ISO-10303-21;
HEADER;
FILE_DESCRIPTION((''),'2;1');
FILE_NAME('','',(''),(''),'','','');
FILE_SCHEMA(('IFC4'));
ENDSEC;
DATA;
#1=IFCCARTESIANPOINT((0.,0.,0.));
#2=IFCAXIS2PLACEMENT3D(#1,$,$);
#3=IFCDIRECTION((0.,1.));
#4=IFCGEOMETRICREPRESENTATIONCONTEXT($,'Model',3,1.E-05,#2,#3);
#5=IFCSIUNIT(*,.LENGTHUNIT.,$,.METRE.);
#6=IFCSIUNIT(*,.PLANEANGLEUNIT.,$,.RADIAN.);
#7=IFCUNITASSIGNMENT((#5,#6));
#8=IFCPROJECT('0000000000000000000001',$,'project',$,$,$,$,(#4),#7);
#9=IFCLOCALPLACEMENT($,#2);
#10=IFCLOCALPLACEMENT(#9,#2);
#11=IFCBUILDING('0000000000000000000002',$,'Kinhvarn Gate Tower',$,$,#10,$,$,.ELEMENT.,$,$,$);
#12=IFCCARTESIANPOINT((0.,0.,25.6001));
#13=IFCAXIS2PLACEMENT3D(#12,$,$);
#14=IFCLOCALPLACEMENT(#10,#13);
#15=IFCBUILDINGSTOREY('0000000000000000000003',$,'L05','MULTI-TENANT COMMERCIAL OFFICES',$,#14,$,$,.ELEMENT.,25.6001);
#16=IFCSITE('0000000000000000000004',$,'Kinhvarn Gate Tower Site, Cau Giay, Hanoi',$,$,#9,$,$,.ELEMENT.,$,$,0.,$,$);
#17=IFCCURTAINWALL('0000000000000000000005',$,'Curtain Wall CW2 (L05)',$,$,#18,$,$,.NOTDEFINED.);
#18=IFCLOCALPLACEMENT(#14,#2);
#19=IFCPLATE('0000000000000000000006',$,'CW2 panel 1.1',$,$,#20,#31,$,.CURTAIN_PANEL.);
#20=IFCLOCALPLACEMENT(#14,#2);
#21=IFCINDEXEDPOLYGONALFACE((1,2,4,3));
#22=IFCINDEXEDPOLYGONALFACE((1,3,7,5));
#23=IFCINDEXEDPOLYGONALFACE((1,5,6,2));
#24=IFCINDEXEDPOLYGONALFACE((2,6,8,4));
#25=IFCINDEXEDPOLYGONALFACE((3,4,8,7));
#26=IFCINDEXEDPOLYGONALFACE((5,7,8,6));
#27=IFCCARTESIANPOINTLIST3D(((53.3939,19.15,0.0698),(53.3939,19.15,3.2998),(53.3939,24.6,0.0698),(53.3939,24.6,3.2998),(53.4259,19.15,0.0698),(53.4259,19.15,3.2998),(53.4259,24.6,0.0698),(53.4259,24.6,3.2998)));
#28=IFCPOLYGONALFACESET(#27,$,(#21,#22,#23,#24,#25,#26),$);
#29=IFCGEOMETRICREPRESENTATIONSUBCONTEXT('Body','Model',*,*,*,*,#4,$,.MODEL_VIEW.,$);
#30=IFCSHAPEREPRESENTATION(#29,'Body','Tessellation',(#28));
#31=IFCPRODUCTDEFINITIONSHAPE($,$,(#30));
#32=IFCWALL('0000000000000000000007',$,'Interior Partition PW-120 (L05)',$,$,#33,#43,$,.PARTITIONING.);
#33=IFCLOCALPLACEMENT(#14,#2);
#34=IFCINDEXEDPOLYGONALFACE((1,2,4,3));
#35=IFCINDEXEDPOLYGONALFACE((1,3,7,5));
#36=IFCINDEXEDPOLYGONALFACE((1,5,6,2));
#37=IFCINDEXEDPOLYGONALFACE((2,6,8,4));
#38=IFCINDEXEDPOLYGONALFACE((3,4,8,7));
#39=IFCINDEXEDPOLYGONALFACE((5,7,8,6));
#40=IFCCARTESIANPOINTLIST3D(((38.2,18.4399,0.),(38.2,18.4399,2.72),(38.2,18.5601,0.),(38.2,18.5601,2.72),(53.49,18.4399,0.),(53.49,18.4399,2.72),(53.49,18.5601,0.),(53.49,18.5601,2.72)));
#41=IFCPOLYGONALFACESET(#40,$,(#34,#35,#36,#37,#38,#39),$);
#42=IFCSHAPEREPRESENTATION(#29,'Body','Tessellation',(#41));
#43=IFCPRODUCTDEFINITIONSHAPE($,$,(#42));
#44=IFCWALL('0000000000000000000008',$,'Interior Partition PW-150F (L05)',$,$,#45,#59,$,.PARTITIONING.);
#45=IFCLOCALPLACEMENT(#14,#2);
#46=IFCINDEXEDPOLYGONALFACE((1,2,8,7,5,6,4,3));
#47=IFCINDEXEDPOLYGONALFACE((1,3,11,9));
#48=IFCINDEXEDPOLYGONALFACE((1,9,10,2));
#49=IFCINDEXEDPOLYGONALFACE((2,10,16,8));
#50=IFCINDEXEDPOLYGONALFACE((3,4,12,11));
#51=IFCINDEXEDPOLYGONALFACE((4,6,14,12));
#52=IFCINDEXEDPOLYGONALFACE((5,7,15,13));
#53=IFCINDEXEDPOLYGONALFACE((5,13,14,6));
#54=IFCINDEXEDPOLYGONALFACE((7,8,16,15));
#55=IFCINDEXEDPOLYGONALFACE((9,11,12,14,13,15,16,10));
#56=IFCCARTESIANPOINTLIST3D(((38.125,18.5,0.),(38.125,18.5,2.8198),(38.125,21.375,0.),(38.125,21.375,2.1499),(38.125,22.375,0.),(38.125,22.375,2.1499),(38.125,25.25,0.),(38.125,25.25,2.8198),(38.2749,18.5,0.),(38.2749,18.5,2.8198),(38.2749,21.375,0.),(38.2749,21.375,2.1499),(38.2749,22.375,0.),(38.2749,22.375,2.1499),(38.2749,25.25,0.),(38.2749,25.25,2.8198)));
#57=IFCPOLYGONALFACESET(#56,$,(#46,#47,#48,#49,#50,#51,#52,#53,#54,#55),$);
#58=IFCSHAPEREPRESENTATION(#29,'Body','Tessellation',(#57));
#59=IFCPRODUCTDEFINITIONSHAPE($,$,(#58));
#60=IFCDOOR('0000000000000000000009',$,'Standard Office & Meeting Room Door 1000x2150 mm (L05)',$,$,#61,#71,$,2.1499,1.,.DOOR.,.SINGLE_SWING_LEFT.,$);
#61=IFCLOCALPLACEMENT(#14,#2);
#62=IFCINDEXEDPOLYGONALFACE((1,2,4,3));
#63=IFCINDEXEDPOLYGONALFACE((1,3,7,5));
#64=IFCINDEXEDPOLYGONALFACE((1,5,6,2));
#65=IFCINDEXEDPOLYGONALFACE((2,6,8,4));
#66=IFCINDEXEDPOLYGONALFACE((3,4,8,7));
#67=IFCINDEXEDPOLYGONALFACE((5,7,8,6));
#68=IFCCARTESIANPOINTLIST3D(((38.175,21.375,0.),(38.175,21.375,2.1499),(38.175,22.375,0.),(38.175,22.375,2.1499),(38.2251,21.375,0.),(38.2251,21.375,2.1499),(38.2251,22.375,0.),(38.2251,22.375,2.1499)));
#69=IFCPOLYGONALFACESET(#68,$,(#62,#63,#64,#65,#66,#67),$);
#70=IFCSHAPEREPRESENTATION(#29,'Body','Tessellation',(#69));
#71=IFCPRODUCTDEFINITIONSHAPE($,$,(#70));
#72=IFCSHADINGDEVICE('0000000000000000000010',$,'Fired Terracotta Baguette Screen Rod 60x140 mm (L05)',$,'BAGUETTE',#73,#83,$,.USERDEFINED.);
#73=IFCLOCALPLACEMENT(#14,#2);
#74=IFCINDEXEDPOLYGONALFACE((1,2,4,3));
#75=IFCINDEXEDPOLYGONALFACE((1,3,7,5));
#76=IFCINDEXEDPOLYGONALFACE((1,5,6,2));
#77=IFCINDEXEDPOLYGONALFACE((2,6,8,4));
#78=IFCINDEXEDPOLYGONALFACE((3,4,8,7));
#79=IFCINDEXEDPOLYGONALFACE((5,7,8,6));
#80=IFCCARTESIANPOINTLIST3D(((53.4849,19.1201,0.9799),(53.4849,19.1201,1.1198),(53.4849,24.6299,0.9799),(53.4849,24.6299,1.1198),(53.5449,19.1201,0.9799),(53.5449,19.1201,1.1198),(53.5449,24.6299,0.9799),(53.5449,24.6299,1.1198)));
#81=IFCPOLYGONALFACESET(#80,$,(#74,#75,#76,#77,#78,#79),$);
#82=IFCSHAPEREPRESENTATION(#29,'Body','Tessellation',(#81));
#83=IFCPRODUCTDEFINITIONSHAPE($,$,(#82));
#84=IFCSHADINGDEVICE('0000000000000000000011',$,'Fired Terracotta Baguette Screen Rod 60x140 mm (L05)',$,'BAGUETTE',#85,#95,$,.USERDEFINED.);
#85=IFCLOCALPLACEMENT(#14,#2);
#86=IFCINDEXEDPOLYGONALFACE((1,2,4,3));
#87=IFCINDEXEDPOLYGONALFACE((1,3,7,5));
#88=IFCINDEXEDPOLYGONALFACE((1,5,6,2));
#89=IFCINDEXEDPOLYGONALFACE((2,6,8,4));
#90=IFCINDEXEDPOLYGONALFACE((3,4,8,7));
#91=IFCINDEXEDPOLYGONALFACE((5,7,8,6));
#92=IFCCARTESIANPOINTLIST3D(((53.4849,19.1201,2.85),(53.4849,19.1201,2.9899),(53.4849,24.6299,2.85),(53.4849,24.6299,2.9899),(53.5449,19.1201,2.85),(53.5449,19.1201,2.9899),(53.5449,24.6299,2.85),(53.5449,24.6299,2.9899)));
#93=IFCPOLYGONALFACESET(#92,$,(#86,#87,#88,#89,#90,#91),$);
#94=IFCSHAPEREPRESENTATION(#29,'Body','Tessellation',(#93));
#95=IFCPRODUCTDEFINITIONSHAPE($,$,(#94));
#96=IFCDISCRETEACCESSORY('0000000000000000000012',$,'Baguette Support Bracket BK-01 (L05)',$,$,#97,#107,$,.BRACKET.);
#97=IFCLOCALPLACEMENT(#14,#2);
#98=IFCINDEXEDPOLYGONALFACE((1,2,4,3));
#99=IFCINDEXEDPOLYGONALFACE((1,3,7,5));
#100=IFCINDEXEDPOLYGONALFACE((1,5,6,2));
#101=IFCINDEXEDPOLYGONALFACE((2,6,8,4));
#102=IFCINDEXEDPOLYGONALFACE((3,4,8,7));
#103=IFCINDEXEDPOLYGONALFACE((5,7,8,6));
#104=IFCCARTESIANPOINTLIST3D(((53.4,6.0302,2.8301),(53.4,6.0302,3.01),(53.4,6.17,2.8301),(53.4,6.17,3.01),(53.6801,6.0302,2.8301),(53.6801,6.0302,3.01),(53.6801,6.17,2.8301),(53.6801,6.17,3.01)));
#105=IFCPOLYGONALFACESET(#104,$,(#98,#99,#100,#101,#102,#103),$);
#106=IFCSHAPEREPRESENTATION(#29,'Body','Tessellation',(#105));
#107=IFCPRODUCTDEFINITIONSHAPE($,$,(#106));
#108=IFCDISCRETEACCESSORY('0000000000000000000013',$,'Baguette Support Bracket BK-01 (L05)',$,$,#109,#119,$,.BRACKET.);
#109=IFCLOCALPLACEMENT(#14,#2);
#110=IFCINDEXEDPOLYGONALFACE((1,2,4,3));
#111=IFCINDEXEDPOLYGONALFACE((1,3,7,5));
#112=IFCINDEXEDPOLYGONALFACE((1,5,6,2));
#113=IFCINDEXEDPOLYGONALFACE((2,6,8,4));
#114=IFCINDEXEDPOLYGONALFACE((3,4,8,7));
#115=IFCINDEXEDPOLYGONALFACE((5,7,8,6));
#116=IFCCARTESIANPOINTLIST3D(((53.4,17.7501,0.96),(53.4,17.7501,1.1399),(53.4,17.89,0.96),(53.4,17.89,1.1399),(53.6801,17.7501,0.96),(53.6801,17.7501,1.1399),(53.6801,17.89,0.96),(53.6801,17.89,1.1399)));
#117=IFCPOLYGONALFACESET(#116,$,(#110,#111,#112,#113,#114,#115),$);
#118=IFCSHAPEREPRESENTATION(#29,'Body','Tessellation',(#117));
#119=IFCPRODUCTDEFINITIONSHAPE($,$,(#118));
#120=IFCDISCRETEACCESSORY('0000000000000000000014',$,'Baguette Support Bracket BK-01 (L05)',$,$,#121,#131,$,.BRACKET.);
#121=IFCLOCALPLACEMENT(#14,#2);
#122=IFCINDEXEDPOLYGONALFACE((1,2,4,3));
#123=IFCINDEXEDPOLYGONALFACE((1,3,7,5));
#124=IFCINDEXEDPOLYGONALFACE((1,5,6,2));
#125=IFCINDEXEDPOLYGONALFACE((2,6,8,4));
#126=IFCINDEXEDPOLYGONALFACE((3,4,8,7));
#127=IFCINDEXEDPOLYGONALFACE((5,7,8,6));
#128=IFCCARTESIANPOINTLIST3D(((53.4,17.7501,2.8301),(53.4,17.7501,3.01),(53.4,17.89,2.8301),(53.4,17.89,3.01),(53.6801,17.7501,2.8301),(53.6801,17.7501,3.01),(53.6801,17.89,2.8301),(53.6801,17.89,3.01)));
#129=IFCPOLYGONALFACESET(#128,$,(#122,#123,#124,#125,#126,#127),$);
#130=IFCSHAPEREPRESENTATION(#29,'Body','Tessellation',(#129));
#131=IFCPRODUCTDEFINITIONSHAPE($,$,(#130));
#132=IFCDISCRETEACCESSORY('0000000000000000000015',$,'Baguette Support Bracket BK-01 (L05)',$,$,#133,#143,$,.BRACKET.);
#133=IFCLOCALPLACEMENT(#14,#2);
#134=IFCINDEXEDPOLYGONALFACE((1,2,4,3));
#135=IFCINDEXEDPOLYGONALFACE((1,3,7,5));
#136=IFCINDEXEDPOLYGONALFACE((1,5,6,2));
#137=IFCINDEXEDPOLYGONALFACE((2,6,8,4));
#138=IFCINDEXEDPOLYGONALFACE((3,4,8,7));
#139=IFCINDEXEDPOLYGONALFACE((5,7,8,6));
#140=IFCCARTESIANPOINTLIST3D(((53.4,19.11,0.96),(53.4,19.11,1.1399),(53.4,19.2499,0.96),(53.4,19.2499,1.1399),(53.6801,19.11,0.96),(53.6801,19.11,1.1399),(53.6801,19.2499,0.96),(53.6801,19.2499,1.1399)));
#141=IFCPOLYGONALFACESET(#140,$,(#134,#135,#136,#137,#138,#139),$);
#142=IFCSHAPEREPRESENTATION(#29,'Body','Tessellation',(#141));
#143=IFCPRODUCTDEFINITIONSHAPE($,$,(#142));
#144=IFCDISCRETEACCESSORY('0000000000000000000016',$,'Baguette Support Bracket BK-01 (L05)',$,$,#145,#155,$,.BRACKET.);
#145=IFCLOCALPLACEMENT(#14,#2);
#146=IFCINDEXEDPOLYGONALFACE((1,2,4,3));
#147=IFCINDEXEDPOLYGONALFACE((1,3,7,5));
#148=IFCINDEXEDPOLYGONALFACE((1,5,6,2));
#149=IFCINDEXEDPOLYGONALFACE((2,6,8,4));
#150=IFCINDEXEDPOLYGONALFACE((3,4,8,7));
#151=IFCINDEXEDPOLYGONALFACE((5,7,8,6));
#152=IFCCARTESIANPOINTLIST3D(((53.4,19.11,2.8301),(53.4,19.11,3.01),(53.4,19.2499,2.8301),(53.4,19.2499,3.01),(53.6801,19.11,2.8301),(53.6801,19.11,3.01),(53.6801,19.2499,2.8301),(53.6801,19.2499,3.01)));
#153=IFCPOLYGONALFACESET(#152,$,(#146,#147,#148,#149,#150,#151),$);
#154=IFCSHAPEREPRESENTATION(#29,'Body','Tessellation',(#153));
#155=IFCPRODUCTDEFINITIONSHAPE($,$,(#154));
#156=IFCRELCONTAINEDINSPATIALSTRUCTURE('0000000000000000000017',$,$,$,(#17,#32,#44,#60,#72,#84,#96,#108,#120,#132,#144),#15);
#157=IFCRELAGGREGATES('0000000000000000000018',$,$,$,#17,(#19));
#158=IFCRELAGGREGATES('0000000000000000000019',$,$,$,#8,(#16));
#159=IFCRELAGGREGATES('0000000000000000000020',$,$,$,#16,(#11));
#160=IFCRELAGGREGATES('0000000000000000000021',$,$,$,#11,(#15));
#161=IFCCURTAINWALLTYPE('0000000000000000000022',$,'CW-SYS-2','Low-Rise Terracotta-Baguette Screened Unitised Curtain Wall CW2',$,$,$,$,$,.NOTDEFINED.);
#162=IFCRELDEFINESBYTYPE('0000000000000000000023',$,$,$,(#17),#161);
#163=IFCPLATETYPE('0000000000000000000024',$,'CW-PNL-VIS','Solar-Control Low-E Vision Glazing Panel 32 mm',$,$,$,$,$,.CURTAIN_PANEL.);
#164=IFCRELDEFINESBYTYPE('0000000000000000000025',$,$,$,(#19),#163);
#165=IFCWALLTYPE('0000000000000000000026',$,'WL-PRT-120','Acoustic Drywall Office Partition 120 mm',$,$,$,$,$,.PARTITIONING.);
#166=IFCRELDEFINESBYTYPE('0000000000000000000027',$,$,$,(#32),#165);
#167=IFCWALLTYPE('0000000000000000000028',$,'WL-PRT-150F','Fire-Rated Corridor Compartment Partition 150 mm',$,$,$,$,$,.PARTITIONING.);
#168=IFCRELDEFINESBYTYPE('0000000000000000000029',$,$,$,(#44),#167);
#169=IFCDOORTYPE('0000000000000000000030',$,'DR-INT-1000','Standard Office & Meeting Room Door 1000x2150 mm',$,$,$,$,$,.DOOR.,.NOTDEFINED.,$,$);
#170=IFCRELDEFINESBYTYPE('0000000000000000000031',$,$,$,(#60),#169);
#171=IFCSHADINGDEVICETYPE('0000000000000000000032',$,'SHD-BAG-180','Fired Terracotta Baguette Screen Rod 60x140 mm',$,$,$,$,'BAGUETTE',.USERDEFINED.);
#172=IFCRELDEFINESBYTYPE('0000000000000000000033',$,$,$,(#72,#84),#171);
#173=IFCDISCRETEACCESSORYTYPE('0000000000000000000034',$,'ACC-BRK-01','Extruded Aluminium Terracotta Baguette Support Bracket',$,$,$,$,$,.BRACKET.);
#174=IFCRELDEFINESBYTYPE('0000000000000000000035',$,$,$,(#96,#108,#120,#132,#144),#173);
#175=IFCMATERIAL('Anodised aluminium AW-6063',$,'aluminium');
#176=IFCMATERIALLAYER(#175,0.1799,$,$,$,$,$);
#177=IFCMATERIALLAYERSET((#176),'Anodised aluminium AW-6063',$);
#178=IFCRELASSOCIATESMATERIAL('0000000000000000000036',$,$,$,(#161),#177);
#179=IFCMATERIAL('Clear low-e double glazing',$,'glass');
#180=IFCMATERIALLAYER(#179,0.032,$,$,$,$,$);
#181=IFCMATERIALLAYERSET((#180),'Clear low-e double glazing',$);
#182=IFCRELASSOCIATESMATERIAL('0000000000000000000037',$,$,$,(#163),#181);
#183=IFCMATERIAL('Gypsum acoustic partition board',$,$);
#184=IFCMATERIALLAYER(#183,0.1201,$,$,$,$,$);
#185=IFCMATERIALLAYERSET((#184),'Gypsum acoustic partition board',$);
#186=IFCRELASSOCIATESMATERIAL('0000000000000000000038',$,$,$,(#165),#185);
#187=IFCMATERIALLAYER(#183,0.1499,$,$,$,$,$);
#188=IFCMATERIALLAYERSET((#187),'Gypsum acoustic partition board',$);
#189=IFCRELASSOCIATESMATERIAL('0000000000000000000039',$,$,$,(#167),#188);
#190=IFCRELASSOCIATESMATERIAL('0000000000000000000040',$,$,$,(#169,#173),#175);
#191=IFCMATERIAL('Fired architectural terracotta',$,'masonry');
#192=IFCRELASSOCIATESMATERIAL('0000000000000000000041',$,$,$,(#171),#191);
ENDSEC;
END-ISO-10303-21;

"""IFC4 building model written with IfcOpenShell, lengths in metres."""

from ifc_helpers import new_model, si_unit, direction, frame, frame_2d, origin, origin_2d, place, context, subcontext, project, spatial, rectangle, extrude, material, layer, layer_set, material_profile, profile_set, type_object, element, fill, aggregate, save


model = new_model("IFC4")

# Units and contexts
model_context = context("Model", 3, precision=1e-05, world=origin(), true_north=direction((0.0, 1.0)))
body_context = subcontext(model_context, "Body", "Model", "MODEL_VIEW")
ifc_project = project(units=[si_unit("LENGTHUNIT", "METRE"), si_unit("PLANEANGLEUNIT", "RADIAN")], contexts=[model_context])

# Site, building, storey
site_placement = place(None, origin())
site = spatial("IfcSite", under=ifc_project, at=site_placement, Name="Kinhvarn Gate Tower Site, Cau Giay, Hanoi", CompositionType="ELEMENT", RefElevation=0.0)
building_placement = place(site_placement, origin())
building = spatial("IfcBuilding", under=site, at=building_placement, Name="Kinhvarn Gate Tower", CompositionType="ELEMENT")
storey_placement = place(building_placement, frame((0.0, 0.0, 25.6001)))
storey = spatial("IfcBuildingStorey", under=building, at=storey_placement, Name="L05", Description="MULTI-TENANT COMMERCIAL OFFICES", CompositionType="ELEMENT", Elevation=25.6001)

# Shared definitions
ifc_material_1 = material(Name="Anodised aluminium AW-6063", Category="aluminium")
ifc_layer_1 = layer(ifc_material_1, 0.1799)
ifc_layer_set_1 = layer_set([ifc_layer_1], Name="Anodised aluminium AW-6063")
curtain_wall_type = type_object("IfcCurtainWallType", Name="CW-SYS-2", Description="Low-Rise Terracotta-Baguette Screened Unitised Curtain Wall CW2", PredefinedType="NOTDEFINED", material=ifc_layer_set_1)

# Curtain wall
curtain_wall_1_placement = place(storey_placement, origin())
curtain_wall_1 = element("IfcCurtainWall", 1, at=curtain_wall_1_placement, inside=storey, type_object=curtain_wall_type, Name="Curtain Wall CW2 (L05)", PredefinedType="NOTDEFINED")

# Plate
ifc_material_2 = material(Name="Clear low-e double glazing", Category="glass")
ifc_layer_2 = layer(ifc_material_2, 0.032)
ifc_layer_set_2 = layer_set([ifc_layer_2], Name="Clear low-e double glazing")
plate_type = type_object("IfcPlateType", Name="CW-PNL-VIS", Description="Solar-Control Low-E Vision Glazing Panel 32 mm", PredefinedType="CURTAIN_PANEL", material=ifc_layer_set_2)
plate_1_placement = place(storey_placement, frame((53.4099, 21.875, 0.0698), z_axis=(0.0, 0.0, 1.0), x_axis=(0.0, 1.0, 0.0)))
plate_1 = element("IfcPlate", 2, at=plate_1_placement, type_object=plate_type, Name="CW2 panel 1.1", PredefinedType="CURTAIN_PANEL", context=body_context, shape_type="SweptSolid", body=[
    extrude(rectangle(XDim=5.45, YDim=0.032, at=origin_2d()), origin(), (0.0, 0.0, 1.0), 3.23),
])
aggregate(curtain_wall_1, [plate_1])

# Wall
ifc_material_3 = material(Name="Gypsum acoustic partition board")
ifc_layer_3 = layer(ifc_material_3, 0.1201)
ifc_layer_set_3 = layer_set([ifc_layer_3], Name="Gypsum acoustic partition board")
wall_type_1 = type_object("IfcWallType", Name="WL-PRT-120", Description="Acoustic Drywall Office Partition 120 mm", PredefinedType="PARTITIONING", material=ifc_layer_set_3)
wall_1_placement = place(storey_placement, frame((38.2, 18.5, 0.0), z_axis=(0.0, 0.0, 1.0), x_axis=(1.0, 0.0, 0.0)))
element("IfcWall", 3, at=wall_1_placement, inside=storey, type_object=wall_type_1, Name="Interior Partition PW-120 (L05)", PredefinedType="PARTITIONING", context=body_context, shape_type="SweptSolid", body=[
    extrude(rectangle(XDim=15.29, YDim=0.1201, at=frame_2d((7.645, 0.0))), origin(), (0.0, 0.0, 1.0), 2.72),
])

# Wall, opening, door
ifc_layer_4 = layer(ifc_material_3, 0.1499)
ifc_layer_set_4 = layer_set([ifc_layer_4], Name="Gypsum acoustic partition board")
wall_type_2 = type_object("IfcWallType", Name="WL-PRT-150F", Description="Fire-Rated Corridor Compartment Partition 150 mm", PredefinedType="PARTITIONING", material=ifc_layer_set_4)
wall_2_placement = place(storey_placement, frame((38.2, 18.5, 0.0), z_axis=(0.0, 0.0, 1.0), x_axis=(0.0, 1.0, 0.0)))
wall_2 = element("IfcWall", 4, at=wall_2_placement, inside=storey, type_object=wall_type_2, Name="Interior Partition PW-150F (L05)", PredefinedType="PARTITIONING", context=body_context, shape_type="SweptSolid", body=[
    extrude(rectangle(XDim=6.75, YDim=0.1499, at=frame_2d((3.375, 0.0))), origin(), (0.0, 0.0, 1.0), 2.8198),
])
opening_placement = place(wall_2_placement, frame((2.875, 0.0, 0.0)))
opening = element("IfcOpeningElement", 5, at=opening_placement, cuts=wall_2, PredefinedType="OPENING", context=body_context, shape_type="SweptSolid", body=[
    extrude(rectangle(XDim=1.0, YDim=2.1499, at=frame_2d((0.5, 1.075))), frame((0.0, 0.085, 0.0), z_axis=(0.0, -1.0, 0.0), x_axis=(1.0, 0.0, 0.0)), (0.0, 0.0, 1.0), 0.1699),
])
door_type = type_object("IfcDoorType", Name="DR-INT-1000", Description="Standard Office & Meeting Room Door 1000x2150 mm", OperationType="NOTDEFINED", PredefinedType="DOOR", material=ifc_material_1)
door_placement = place(opening_placement, origin())
door = element("IfcDoor", 6, at=door_placement, inside=storey, type_object=door_type, Name="Standard Office & Meeting Room Door 1000x2150 mm (L05)", OperationType="SINGLE_SWING_LEFT", OverallHeight=2.1499, OverallWidth=1.0, PredefinedType="DOOR", context=body_context, shape_type="SweptSolid", body=[
    extrude(rectangle(XDim=1.0, YDim=2.1499, at=frame_2d((0.5, 1.075))), frame((0.0, 0.0249, 0.0), z_axis=(0.0, -1.0, 0.0), x_axis=(1.0, 0.0, 0.0)), (0.0, 0.0, 1.0), 0.05),
])
fill(opening, door)

# Shading devices
ifc_material_4 = material(Name="Fired architectural terracotta", Category="masonry")
ifc_material_profile_1 = material_profile(ifc_material_4, rectangle(XDim=0.0601, YDim=0.1399, at=origin_2d()), Name="TC 60x140")
ifc_profile_set_1 = profile_set([ifc_material_profile_1], Name="Fired architectural terracotta")
shading_device_type = type_object("IfcShadingDeviceType", Name="SHD-BAG-180", Description="Fired Terracotta Baguette Screen Rod 60x140 mm", ElementType="BAGUETTE", PredefinedType="USERDEFINED", material=ifc_profile_set_1)
for number, where, z_axis, x_axis, name in (
    (7, (53.5149, 19.1201, 1.0498), (0.0, 1.0, 0.0), (-1.0, 0.0, 0.0), "Fired Terracotta Baguette Screen Rod 60x140 mm (L05)"),
    (8, (53.5149, 19.1201, 2.9199), (0.0, 1.0, 0.0), (-1.0, 0.0, 0.0), "Fired Terracotta Baguette Screen Rod 60x140 mm (L05)"),
):
    element("IfcShadingDevice", number, at=place(storey_placement, frame(where, z_axis=z_axis, x_axis=x_axis)), inside=storey, type_object=shading_device_type, Name=name, ObjectType="BAGUETTE", PredefinedType="USERDEFINED", context=body_context, shape_type="SweptSolid", body=[
        extrude(rectangle(XDim=0.0601, YDim=0.1399, at=origin_2d()), origin(), (0.0, 0.0, 1.0), 5.5098),
    ])

# Discrete accessories
discrete_accessory_type = type_object("IfcDiscreteAccessoryType", Name="ACC-BRK-01", Description="Extruded Aluminium Terracotta Baguette Support Bracket", PredefinedType="BRACKET", material=ifc_material_1)
for number, where, z_axis, x_axis, name in (
    (9, (53.54, 6.1001, 2.8301), (0.0, 0.0, 1.0), (0.0, 1.0, 0.0), "Baguette Support Bracket BK-01 (L05)"),
    (10, (53.54, 17.8201, 0.96), (0.0, 0.0, 1.0), (0.0, 1.0, 0.0), "Baguette Support Bracket BK-01 (L05)"),
    (11, (53.54, 17.8201, 2.8301), (0.0, 0.0, 1.0), (0.0, 1.0, 0.0), "Baguette Support Bracket BK-01 (L05)"),
    (12, (53.54, 19.1799, 0.96), (0.0, 0.0, 1.0), (0.0, 1.0, 0.0), "Baguette Support Bracket BK-01 (L05)"),
    (13, (53.54, 19.1799, 2.8301), (0.0, 0.0, 1.0), (0.0, 1.0, 0.0), "Baguette Support Bracket BK-01 (L05)"),
):
    element("IfcDiscreteAccessory", number, at=place(storey_placement, frame(where, z_axis=z_axis, x_axis=x_axis)), inside=storey, type_object=discrete_accessory_type, Name=name, PredefinedType="BRACKET", context=body_context, shape_type="SweptSolid", body=[
        extrude(rectangle(XDim=0.1399, YDim=0.28, at=origin_2d()), origin(), (0.0, 0.0, 1.0), 0.1799),
    ])

save(model, "model.ifc")
